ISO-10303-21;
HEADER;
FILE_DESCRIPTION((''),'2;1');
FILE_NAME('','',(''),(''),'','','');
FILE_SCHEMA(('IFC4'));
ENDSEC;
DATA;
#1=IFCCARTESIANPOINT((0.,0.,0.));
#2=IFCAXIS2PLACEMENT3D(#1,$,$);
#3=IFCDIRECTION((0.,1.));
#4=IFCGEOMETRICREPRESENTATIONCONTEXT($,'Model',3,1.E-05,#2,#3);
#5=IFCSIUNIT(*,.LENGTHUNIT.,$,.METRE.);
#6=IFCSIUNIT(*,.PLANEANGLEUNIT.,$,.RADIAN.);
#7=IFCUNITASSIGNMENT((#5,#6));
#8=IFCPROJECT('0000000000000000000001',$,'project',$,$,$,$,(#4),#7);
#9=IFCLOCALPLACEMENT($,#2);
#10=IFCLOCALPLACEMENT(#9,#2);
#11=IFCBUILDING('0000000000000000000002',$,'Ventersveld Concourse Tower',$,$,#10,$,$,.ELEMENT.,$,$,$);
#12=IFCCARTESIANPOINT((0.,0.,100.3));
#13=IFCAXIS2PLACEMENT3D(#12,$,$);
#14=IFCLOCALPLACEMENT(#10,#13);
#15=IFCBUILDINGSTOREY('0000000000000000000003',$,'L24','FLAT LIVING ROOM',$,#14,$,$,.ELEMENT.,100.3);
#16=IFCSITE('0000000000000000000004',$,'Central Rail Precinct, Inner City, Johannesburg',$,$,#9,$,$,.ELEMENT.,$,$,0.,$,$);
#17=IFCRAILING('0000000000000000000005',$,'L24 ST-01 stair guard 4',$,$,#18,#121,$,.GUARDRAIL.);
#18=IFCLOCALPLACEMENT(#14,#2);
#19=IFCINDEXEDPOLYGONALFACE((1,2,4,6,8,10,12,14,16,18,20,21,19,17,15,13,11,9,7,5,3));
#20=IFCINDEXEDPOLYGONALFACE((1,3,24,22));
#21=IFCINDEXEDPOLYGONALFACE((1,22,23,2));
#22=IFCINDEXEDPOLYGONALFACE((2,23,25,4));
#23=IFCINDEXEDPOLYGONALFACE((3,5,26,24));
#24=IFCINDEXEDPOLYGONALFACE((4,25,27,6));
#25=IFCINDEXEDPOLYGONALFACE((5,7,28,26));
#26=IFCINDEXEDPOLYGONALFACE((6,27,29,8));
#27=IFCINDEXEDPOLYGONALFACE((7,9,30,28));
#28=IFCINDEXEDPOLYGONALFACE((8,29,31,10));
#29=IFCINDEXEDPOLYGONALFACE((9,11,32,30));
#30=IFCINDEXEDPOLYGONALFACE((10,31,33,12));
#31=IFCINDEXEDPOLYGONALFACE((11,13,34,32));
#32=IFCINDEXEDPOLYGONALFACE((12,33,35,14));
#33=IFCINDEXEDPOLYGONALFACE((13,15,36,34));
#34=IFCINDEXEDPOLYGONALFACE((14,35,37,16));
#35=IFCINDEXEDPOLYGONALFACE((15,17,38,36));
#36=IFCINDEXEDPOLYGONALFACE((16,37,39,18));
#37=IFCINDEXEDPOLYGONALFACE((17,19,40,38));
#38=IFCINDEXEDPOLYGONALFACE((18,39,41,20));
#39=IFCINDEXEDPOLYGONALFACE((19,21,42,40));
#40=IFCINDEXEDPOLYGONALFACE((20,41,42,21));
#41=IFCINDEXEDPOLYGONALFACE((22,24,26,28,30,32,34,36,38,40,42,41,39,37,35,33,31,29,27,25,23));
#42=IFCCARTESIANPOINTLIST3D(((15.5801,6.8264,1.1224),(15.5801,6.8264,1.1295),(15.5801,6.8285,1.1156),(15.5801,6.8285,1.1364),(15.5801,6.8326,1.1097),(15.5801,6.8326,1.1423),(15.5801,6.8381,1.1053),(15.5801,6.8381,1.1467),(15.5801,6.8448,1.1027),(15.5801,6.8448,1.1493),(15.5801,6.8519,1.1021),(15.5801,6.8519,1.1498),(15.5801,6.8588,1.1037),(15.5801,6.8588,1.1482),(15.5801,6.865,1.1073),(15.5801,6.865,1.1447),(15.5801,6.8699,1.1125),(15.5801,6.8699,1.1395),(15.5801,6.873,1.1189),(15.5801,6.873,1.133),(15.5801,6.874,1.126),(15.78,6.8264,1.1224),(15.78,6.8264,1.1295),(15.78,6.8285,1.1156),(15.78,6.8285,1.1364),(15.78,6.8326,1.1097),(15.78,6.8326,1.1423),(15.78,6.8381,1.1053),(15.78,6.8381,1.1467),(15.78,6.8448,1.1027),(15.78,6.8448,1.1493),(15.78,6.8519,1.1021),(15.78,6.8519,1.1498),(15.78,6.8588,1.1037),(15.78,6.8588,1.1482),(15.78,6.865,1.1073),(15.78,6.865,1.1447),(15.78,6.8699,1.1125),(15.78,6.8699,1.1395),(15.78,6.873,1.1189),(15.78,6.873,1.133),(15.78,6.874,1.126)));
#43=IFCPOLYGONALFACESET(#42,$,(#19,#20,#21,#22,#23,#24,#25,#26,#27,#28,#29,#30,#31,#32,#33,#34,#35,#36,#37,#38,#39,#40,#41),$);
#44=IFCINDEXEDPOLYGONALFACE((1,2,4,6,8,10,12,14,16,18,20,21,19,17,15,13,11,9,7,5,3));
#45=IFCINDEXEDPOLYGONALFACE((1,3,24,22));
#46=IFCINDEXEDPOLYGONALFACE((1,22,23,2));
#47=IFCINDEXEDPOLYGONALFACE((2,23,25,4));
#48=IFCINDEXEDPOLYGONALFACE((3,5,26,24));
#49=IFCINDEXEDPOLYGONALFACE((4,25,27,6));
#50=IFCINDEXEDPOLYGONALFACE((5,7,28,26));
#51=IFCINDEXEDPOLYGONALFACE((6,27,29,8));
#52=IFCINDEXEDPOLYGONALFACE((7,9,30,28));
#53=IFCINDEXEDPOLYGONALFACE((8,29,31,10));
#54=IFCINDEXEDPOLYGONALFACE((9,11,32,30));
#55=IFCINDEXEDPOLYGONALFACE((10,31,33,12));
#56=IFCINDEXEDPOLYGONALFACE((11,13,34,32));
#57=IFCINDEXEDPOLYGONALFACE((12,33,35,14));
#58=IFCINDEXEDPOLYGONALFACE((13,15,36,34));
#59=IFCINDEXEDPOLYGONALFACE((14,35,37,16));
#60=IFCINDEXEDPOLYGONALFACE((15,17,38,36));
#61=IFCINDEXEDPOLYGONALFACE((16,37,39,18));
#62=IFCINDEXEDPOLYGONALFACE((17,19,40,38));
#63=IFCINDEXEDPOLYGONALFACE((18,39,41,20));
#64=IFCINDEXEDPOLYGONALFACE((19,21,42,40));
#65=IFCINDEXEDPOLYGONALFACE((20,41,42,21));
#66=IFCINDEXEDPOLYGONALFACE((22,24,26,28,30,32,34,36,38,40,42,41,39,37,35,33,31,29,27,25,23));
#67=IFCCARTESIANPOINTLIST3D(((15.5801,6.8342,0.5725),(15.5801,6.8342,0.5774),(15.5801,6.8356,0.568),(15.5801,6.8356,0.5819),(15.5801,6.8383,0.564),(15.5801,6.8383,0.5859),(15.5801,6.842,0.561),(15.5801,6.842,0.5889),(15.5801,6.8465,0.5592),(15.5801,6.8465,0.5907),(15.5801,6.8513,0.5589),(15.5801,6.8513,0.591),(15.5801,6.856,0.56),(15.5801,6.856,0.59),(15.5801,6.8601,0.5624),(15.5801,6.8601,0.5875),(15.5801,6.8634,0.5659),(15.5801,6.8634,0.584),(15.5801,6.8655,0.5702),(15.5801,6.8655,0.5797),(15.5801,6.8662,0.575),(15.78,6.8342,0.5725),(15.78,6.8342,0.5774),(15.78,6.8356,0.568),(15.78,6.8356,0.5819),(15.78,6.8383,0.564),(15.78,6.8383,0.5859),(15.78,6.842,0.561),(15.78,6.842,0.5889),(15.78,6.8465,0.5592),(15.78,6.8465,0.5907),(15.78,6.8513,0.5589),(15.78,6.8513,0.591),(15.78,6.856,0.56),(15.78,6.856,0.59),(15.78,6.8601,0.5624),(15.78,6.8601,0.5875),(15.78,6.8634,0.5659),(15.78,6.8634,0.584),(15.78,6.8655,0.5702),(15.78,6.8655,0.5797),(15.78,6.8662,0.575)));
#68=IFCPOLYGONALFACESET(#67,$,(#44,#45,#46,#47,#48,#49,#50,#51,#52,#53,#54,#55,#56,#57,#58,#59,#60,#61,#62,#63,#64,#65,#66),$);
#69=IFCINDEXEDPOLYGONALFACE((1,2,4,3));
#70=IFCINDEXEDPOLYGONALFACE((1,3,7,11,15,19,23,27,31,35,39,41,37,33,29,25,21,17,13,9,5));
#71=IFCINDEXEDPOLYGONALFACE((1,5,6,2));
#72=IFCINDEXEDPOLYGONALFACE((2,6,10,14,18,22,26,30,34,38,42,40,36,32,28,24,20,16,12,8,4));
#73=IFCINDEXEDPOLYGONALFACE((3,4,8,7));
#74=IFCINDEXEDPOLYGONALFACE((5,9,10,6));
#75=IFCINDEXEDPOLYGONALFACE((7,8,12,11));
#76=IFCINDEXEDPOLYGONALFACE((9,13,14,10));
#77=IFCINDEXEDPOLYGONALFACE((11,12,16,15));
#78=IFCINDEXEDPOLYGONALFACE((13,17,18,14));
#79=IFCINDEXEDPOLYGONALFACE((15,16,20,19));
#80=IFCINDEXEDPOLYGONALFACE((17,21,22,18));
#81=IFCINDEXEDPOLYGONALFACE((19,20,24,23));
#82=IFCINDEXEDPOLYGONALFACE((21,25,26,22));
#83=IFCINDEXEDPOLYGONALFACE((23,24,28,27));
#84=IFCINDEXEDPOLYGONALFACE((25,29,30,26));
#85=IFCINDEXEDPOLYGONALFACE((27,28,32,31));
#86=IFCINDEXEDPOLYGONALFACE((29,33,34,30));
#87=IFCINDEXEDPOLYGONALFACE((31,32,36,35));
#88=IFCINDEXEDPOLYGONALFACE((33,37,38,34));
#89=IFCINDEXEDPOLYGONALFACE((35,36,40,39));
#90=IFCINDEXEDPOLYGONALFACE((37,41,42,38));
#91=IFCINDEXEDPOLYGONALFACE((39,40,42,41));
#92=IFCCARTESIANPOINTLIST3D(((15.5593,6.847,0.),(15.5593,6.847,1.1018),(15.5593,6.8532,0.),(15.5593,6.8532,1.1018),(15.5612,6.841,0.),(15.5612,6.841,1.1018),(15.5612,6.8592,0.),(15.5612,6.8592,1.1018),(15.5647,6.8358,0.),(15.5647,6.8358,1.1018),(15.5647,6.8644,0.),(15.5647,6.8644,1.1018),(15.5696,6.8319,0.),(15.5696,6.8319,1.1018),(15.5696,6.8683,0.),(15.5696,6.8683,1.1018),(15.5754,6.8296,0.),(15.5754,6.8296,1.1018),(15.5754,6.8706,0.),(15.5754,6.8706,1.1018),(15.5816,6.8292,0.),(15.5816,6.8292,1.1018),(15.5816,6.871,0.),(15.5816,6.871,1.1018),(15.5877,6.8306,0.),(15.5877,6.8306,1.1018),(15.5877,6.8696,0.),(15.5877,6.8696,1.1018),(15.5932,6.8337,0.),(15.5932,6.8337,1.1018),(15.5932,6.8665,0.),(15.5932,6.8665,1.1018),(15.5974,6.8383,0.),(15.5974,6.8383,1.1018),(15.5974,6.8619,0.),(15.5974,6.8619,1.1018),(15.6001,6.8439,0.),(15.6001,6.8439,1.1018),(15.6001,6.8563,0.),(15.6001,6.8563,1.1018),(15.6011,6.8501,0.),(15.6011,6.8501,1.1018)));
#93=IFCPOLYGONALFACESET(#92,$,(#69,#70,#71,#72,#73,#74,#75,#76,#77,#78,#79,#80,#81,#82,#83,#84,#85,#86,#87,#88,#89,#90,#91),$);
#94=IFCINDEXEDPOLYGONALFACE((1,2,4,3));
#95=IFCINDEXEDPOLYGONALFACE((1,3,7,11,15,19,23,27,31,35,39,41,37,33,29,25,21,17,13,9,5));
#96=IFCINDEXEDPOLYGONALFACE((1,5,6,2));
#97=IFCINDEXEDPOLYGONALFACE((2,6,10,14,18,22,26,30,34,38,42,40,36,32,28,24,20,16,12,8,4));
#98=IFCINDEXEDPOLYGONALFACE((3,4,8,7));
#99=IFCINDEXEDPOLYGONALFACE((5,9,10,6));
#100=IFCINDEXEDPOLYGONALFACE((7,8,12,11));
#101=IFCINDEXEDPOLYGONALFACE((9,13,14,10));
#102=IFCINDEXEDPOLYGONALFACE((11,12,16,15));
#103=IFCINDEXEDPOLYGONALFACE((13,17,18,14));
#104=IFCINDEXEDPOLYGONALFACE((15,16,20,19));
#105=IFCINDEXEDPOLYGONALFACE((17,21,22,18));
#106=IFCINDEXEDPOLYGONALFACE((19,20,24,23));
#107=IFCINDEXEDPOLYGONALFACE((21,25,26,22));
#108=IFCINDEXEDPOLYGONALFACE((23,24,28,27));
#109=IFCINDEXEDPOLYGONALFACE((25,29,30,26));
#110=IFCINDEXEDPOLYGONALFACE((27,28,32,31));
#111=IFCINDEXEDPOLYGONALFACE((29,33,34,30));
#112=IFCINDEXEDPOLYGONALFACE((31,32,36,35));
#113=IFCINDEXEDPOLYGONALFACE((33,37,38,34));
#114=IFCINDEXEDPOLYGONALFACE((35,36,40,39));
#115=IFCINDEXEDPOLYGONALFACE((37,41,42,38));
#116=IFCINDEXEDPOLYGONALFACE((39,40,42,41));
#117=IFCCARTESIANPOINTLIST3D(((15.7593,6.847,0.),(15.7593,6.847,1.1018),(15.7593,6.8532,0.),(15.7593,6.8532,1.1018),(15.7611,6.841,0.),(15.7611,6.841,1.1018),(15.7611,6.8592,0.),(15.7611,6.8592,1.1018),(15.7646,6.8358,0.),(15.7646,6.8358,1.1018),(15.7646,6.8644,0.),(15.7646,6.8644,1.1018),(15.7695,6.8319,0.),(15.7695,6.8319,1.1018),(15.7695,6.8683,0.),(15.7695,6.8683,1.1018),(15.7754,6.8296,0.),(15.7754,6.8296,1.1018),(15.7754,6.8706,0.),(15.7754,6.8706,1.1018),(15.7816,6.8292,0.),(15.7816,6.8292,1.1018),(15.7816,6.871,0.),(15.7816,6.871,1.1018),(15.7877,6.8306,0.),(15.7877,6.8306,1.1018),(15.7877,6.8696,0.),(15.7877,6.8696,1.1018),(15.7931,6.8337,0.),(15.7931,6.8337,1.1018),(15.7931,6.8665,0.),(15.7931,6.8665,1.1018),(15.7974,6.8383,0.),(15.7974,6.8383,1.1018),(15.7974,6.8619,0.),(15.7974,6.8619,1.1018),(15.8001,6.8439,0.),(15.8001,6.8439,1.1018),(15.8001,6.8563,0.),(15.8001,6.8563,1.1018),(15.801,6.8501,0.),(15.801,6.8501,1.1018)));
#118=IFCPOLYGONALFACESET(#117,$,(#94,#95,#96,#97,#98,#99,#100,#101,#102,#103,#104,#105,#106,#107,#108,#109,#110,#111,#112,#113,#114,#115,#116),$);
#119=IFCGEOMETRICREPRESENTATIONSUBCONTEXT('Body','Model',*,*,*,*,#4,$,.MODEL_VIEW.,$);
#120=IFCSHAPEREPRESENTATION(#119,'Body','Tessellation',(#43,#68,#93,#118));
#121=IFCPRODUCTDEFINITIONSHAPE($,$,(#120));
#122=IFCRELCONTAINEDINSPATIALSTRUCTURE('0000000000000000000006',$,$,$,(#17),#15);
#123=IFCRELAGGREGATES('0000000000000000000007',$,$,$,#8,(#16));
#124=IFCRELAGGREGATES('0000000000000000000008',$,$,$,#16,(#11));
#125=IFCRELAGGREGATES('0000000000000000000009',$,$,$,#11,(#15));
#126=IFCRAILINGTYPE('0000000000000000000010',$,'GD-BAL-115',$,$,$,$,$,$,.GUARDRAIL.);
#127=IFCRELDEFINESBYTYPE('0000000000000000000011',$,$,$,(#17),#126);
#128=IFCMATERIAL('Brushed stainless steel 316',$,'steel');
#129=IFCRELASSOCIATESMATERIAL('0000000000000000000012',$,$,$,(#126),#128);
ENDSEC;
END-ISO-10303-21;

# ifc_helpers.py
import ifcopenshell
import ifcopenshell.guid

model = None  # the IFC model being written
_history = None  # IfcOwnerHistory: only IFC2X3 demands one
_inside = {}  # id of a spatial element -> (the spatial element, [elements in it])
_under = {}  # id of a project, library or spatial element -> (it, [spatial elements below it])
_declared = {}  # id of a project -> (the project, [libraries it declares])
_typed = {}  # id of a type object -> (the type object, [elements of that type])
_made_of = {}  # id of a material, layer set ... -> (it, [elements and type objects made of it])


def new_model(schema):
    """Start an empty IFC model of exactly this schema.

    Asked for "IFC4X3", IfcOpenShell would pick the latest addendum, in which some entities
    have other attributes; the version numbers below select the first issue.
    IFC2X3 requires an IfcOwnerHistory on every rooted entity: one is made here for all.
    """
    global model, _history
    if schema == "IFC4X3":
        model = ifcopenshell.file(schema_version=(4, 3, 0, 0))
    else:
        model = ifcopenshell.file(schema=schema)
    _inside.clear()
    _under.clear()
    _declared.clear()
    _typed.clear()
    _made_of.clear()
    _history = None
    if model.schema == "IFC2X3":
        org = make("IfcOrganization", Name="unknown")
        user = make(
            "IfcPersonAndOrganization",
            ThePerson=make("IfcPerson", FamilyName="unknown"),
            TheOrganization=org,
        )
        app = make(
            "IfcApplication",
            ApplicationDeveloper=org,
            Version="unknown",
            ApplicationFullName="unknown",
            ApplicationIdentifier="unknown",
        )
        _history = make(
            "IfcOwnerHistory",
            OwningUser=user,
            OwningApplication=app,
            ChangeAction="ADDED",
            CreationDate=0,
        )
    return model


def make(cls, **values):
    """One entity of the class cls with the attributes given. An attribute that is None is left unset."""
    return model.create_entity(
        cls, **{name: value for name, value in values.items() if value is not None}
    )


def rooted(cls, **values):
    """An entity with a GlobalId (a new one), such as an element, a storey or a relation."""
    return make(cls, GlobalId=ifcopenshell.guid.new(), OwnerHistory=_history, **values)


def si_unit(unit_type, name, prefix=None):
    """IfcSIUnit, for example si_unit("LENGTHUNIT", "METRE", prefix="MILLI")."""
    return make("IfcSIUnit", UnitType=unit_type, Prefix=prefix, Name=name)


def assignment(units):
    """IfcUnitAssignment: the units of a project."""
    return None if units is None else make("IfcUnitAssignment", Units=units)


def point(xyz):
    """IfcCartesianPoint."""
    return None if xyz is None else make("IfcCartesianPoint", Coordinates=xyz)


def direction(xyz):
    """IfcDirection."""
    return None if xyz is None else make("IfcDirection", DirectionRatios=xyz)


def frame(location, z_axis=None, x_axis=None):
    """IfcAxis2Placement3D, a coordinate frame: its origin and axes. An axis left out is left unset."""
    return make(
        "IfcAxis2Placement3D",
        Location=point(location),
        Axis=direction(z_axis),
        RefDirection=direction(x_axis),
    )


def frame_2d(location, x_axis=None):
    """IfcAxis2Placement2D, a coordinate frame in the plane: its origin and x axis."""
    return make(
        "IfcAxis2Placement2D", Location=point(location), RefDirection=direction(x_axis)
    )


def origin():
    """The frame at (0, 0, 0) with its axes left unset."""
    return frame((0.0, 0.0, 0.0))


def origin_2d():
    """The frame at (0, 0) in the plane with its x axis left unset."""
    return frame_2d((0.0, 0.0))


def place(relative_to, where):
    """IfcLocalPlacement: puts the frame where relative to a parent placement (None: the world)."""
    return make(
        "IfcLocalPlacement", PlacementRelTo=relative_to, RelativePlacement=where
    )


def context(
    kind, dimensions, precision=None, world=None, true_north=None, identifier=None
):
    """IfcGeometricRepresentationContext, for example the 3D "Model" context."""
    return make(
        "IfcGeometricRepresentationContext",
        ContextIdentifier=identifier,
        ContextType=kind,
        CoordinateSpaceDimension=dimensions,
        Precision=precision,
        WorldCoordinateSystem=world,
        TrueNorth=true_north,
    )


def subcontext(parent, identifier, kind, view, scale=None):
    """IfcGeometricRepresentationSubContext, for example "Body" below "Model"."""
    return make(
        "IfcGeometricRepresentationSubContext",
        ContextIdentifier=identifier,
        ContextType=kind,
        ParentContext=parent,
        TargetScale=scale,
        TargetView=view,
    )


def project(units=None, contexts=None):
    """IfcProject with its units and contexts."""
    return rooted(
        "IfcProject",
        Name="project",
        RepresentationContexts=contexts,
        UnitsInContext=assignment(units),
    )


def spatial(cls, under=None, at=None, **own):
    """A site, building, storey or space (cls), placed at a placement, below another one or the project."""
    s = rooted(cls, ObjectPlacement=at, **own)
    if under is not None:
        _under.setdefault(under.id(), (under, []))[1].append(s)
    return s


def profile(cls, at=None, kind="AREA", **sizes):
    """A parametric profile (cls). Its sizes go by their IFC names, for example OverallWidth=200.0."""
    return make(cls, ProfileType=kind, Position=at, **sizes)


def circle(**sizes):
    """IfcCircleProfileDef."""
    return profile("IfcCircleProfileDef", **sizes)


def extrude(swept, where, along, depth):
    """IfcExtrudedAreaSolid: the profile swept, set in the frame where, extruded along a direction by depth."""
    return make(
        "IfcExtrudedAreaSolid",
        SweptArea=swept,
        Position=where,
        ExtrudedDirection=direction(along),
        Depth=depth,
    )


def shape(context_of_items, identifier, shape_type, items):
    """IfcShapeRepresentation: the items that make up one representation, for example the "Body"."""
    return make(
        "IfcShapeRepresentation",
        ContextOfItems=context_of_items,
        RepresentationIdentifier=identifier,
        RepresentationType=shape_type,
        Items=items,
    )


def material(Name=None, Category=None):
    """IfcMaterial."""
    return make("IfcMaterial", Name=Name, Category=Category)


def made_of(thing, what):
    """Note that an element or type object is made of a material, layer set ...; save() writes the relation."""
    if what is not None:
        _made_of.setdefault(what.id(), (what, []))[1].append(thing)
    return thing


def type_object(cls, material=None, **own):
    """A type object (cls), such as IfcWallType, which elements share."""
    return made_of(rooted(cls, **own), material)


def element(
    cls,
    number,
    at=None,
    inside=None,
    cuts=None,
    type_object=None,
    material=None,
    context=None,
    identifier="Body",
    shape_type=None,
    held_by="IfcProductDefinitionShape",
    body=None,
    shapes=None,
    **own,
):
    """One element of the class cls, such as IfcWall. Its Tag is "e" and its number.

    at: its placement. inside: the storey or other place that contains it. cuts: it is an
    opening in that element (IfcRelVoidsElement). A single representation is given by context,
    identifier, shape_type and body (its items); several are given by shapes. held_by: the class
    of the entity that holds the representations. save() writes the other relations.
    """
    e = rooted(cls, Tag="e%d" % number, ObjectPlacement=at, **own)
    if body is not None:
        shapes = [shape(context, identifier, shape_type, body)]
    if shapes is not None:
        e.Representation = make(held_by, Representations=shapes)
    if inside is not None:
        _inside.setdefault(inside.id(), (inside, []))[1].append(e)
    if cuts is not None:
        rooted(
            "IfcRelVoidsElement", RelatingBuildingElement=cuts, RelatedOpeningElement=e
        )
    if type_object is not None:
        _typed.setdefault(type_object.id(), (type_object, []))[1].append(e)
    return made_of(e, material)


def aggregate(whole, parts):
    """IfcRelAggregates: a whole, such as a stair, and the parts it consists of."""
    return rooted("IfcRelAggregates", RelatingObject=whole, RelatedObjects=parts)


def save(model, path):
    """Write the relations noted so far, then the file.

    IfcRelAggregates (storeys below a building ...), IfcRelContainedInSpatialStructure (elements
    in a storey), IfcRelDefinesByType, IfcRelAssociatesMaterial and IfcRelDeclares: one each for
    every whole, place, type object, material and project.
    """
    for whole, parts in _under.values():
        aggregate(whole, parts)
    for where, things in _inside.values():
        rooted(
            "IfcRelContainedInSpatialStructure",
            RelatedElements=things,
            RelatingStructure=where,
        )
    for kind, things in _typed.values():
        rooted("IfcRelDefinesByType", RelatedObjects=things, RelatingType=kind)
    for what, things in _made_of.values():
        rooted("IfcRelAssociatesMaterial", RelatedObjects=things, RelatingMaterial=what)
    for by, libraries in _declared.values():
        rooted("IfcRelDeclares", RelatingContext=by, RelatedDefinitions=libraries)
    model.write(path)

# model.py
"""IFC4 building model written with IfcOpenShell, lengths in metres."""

from ifc_helpers import new_model, si_unit, direction, frame, origin, origin_2d, place, context, subcontext, project, spatial, circle, extrude, material, type_object, element, save


model = new_model("IFC4")

# Units and contexts
model_context = context("Model", 3, precision=1e-05, world=origin(), true_north=direction((0.0, 1.0)))
body_context = subcontext(model_context, "Body", "Model", "MODEL_VIEW")
ifc_project = project(units=[si_unit("LENGTHUNIT", "METRE"), si_unit("PLANEANGLEUNIT", "RADIAN")], contexts=[model_context])

# Site, building, storey
site_placement = place(None, origin())
site = spatial("IfcSite", under=ifc_project, at=site_placement, Name="Central Rail Precinct, Inner City, Johannesburg", CompositionType="ELEMENT", RefElevation=0.0)
building_placement = place(site_placement, origin())
building = spatial("IfcBuilding", under=site, at=building_placement, Name="Ventersveld Concourse Tower", CompositionType="ELEMENT")
storey_placement = place(building_placement, frame((0.0, 0.0, 100.3)))
storey = spatial("IfcBuildingStorey", under=building, at=storey_placement, Name="L24", Description="FLAT LIVING ROOM", CompositionType="ELEMENT", Elevation=100.3)

# Shared definitions
ifc_material_1 = material(Name="Brushed stainless steel 316", Category="steel")

# Railing
railing_type_1 = type_object("IfcRailingType", Name="GD-BAL-115", PredefinedType="GUARDRAIL", material=ifc_material_1)
railing_1_placement = place(storey_placement, frame((15.5801, 6.8501, 0.0)))
element("IfcRailing", 1, at=railing_1_placement, inside=storey, type_object=railing_type_1, Name="L24 ST-01 stair guard 4", PredefinedType="GUARDRAIL", context=body_context, shape_type="SweptSolid", body=[
    extrude(circle(Radius=0.0239, at=origin_2d()), frame((0.0, 0.0, 1.126), z_axis=(1.0, 0.0, 0.0), x_axis=(0.0, 1.0, 0.0)), (0.0, 0.0, 1.0), 0.2),
    extrude(circle(Radius=0.0161, at=origin_2d()), frame((0.0, 0.0, 0.575), z_axis=(1.0, 0.0, 0.0), x_axis=(0.0, 1.0, 0.0)), (0.0, 0.0, 1.0), 0.2),
    extrude(circle(Radius=0.021, at=origin_2d()), origin(), (0.0, 0.0, 1.0), 1.1018),
    extrude(circle(Radius=0.021, at=origin_2d()), frame((0.2, 0.0, 0.0)), (0.0, 0.0, 1.0), 1.1018),
])

save(model, "model.ifc")
